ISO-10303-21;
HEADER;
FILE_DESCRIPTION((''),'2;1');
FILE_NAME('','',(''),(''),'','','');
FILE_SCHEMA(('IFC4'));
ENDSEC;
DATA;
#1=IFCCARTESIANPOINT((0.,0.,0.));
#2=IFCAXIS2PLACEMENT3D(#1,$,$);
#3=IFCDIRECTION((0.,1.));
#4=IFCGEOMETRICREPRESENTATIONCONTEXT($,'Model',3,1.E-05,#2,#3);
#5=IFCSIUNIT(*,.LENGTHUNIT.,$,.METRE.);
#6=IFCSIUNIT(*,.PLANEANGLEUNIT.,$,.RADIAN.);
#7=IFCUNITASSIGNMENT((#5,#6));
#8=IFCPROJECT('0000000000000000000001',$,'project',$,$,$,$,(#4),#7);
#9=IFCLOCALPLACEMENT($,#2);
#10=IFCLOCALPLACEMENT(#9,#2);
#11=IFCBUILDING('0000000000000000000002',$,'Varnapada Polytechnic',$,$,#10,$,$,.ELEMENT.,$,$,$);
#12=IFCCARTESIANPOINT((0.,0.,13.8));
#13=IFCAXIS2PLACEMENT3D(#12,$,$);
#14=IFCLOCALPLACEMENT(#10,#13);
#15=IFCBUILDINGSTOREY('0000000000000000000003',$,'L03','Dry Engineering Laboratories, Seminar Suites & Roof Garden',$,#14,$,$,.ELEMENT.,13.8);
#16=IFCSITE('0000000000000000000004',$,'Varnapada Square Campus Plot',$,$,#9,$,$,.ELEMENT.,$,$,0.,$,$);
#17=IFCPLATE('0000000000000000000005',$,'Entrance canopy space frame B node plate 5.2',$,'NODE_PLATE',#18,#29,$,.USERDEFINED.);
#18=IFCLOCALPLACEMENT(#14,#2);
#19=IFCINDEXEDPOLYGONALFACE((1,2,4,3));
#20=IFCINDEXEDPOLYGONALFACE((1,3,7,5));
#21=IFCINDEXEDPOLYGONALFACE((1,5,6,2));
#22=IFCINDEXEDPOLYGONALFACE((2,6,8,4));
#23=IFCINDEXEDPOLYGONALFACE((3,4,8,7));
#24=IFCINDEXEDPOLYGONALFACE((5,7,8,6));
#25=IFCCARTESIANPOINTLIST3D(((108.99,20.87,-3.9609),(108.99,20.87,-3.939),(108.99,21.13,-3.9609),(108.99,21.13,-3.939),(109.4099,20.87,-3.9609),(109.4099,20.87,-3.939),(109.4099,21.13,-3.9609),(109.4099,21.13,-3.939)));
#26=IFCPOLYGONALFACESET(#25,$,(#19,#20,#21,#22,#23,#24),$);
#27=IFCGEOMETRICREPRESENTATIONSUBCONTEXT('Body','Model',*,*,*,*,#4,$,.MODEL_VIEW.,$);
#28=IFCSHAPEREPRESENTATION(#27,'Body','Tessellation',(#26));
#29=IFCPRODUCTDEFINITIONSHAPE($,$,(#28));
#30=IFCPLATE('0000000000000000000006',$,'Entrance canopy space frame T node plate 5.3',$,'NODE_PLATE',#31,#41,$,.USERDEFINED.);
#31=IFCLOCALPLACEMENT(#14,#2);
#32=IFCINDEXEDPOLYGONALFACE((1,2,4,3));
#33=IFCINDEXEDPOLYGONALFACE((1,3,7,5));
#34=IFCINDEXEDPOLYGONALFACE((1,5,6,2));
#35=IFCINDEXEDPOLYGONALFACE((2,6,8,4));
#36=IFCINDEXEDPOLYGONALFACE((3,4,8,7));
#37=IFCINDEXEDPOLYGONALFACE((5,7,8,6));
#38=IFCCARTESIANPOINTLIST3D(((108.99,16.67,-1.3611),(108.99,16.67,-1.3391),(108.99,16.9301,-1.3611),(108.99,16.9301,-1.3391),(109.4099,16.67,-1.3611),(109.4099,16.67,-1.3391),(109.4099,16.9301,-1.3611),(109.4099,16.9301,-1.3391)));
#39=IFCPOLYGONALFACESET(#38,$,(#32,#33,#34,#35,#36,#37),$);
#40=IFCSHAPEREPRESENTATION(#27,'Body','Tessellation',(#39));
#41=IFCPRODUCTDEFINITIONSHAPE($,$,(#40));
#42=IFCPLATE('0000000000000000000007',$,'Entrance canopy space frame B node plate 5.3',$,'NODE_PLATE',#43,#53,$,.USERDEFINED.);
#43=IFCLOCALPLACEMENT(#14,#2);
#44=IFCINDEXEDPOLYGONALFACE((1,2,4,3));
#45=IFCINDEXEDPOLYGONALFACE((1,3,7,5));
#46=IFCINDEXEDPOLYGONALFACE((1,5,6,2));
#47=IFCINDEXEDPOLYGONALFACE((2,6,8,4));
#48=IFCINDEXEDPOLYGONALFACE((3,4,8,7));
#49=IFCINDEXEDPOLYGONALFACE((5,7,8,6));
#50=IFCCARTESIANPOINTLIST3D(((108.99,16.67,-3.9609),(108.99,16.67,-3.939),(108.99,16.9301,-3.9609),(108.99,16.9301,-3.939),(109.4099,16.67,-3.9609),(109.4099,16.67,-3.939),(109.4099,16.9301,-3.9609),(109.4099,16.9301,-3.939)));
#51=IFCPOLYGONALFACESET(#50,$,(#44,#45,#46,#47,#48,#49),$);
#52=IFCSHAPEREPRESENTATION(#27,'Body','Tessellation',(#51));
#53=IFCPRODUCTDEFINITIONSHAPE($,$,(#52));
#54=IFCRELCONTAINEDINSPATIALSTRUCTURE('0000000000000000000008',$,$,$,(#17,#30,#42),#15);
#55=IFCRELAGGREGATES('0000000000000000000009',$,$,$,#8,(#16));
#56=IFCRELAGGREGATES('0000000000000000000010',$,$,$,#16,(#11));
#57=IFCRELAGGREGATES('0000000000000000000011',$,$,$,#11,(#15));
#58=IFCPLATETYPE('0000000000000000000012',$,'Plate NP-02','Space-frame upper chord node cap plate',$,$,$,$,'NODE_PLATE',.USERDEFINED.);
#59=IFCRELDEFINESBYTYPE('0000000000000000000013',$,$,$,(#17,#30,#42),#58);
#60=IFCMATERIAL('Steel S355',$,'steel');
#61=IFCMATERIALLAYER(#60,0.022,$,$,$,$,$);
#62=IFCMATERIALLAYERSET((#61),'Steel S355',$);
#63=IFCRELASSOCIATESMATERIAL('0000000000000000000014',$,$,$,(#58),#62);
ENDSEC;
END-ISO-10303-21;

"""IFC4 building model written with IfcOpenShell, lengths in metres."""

from ifc_helpers import new_model, si_unit, direction, frame, origin, origin_2d, place, context, subcontext, project, spatial, rectangle, extrude, material, layer, layer_set, type_object, element, save


model = new_model("IFC4")

# Units and contexts
model_context = context("Model", 3, precision=1e-05, world=origin(), true_north=direction((0.0, 1.0)))
body_context = subcontext(model_context, "Body", "Model", "MODEL_VIEW")
ifc_project = project(units=[si_unit("LENGTHUNIT", "METRE"), si_unit("PLANEANGLEUNIT", "RADIAN")], contexts=[model_context])

# Site, building, storey
site_placement = place(None, origin())
site = spatial("IfcSite", under=ifc_project, at=site_placement, Name="Varnapada Square Campus Plot", CompositionType="ELEMENT", RefElevation=0.0)
building_placement = place(site_placement, origin())
building = spatial("IfcBuilding", under=site, at=building_placement, Name="Varnapada Polytechnic", CompositionType="ELEMENT")
storey_placement = place(building_placement, frame((0.0, 0.0, 13.8)))
storey = spatial("IfcBuildingStorey", under=building, at=storey_placement, Name="L03", Description="Dry Engineering Laboratories, Seminar Suites & Roof Garden", CompositionType="ELEMENT", Elevation=13.8)

# Shared definitions
ifc_material_1 = material(Name="Steel S355", Category="steel")

# Plates
ifc_layer_1 = layer(ifc_material_1, 0.022)
ifc_layer_set_1 = layer_set([ifc_layer_1], Name="Steel S355")
plate_type_1 = type_object("IfcPlateType", Name="Plate NP-02", Description="Space-frame upper chord node cap plate", ElementType="NODE_PLATE", PredefinedType="USERDEFINED", material=ifc_layer_set_1)
for number, where, z_axis, x_axis, name in (
    (1, (109.2, 21.0, -3.9609), (0.0, 0.0, 1.0), (1.0, 0.0, 0.0), "Entrance canopy space frame B node plate 5.2"),
    (2, (109.2, 16.8, -1.3611), (0.0, 0.0, 1.0), (1.0, 0.0, 0.0), "Entrance canopy space frame T node plate 5.3"),
    (3, (109.2, 16.8, -3.9609), (0.0, 0.0, 1.0), (1.0, 0.0, 0.0), "Entrance canopy space frame B node plate 5.3"),
):
    element("IfcPlate", number, at=place(storey_placement, frame(where, z_axis=z_axis, x_axis=x_axis)), inside=storey, type_object=plate_type_1, Name=name, ObjectType="NODE_PLATE", PredefinedType="USERDEFINED", context=body_context, shape_type="SweptSolid", body=[
        extrude(rectangle(XDim=0.4199, YDim=0.26, at=origin_2d()), origin(), (0.0, 0.0, 1.0), 0.022),
    ])

save(model, "model.ifc")
